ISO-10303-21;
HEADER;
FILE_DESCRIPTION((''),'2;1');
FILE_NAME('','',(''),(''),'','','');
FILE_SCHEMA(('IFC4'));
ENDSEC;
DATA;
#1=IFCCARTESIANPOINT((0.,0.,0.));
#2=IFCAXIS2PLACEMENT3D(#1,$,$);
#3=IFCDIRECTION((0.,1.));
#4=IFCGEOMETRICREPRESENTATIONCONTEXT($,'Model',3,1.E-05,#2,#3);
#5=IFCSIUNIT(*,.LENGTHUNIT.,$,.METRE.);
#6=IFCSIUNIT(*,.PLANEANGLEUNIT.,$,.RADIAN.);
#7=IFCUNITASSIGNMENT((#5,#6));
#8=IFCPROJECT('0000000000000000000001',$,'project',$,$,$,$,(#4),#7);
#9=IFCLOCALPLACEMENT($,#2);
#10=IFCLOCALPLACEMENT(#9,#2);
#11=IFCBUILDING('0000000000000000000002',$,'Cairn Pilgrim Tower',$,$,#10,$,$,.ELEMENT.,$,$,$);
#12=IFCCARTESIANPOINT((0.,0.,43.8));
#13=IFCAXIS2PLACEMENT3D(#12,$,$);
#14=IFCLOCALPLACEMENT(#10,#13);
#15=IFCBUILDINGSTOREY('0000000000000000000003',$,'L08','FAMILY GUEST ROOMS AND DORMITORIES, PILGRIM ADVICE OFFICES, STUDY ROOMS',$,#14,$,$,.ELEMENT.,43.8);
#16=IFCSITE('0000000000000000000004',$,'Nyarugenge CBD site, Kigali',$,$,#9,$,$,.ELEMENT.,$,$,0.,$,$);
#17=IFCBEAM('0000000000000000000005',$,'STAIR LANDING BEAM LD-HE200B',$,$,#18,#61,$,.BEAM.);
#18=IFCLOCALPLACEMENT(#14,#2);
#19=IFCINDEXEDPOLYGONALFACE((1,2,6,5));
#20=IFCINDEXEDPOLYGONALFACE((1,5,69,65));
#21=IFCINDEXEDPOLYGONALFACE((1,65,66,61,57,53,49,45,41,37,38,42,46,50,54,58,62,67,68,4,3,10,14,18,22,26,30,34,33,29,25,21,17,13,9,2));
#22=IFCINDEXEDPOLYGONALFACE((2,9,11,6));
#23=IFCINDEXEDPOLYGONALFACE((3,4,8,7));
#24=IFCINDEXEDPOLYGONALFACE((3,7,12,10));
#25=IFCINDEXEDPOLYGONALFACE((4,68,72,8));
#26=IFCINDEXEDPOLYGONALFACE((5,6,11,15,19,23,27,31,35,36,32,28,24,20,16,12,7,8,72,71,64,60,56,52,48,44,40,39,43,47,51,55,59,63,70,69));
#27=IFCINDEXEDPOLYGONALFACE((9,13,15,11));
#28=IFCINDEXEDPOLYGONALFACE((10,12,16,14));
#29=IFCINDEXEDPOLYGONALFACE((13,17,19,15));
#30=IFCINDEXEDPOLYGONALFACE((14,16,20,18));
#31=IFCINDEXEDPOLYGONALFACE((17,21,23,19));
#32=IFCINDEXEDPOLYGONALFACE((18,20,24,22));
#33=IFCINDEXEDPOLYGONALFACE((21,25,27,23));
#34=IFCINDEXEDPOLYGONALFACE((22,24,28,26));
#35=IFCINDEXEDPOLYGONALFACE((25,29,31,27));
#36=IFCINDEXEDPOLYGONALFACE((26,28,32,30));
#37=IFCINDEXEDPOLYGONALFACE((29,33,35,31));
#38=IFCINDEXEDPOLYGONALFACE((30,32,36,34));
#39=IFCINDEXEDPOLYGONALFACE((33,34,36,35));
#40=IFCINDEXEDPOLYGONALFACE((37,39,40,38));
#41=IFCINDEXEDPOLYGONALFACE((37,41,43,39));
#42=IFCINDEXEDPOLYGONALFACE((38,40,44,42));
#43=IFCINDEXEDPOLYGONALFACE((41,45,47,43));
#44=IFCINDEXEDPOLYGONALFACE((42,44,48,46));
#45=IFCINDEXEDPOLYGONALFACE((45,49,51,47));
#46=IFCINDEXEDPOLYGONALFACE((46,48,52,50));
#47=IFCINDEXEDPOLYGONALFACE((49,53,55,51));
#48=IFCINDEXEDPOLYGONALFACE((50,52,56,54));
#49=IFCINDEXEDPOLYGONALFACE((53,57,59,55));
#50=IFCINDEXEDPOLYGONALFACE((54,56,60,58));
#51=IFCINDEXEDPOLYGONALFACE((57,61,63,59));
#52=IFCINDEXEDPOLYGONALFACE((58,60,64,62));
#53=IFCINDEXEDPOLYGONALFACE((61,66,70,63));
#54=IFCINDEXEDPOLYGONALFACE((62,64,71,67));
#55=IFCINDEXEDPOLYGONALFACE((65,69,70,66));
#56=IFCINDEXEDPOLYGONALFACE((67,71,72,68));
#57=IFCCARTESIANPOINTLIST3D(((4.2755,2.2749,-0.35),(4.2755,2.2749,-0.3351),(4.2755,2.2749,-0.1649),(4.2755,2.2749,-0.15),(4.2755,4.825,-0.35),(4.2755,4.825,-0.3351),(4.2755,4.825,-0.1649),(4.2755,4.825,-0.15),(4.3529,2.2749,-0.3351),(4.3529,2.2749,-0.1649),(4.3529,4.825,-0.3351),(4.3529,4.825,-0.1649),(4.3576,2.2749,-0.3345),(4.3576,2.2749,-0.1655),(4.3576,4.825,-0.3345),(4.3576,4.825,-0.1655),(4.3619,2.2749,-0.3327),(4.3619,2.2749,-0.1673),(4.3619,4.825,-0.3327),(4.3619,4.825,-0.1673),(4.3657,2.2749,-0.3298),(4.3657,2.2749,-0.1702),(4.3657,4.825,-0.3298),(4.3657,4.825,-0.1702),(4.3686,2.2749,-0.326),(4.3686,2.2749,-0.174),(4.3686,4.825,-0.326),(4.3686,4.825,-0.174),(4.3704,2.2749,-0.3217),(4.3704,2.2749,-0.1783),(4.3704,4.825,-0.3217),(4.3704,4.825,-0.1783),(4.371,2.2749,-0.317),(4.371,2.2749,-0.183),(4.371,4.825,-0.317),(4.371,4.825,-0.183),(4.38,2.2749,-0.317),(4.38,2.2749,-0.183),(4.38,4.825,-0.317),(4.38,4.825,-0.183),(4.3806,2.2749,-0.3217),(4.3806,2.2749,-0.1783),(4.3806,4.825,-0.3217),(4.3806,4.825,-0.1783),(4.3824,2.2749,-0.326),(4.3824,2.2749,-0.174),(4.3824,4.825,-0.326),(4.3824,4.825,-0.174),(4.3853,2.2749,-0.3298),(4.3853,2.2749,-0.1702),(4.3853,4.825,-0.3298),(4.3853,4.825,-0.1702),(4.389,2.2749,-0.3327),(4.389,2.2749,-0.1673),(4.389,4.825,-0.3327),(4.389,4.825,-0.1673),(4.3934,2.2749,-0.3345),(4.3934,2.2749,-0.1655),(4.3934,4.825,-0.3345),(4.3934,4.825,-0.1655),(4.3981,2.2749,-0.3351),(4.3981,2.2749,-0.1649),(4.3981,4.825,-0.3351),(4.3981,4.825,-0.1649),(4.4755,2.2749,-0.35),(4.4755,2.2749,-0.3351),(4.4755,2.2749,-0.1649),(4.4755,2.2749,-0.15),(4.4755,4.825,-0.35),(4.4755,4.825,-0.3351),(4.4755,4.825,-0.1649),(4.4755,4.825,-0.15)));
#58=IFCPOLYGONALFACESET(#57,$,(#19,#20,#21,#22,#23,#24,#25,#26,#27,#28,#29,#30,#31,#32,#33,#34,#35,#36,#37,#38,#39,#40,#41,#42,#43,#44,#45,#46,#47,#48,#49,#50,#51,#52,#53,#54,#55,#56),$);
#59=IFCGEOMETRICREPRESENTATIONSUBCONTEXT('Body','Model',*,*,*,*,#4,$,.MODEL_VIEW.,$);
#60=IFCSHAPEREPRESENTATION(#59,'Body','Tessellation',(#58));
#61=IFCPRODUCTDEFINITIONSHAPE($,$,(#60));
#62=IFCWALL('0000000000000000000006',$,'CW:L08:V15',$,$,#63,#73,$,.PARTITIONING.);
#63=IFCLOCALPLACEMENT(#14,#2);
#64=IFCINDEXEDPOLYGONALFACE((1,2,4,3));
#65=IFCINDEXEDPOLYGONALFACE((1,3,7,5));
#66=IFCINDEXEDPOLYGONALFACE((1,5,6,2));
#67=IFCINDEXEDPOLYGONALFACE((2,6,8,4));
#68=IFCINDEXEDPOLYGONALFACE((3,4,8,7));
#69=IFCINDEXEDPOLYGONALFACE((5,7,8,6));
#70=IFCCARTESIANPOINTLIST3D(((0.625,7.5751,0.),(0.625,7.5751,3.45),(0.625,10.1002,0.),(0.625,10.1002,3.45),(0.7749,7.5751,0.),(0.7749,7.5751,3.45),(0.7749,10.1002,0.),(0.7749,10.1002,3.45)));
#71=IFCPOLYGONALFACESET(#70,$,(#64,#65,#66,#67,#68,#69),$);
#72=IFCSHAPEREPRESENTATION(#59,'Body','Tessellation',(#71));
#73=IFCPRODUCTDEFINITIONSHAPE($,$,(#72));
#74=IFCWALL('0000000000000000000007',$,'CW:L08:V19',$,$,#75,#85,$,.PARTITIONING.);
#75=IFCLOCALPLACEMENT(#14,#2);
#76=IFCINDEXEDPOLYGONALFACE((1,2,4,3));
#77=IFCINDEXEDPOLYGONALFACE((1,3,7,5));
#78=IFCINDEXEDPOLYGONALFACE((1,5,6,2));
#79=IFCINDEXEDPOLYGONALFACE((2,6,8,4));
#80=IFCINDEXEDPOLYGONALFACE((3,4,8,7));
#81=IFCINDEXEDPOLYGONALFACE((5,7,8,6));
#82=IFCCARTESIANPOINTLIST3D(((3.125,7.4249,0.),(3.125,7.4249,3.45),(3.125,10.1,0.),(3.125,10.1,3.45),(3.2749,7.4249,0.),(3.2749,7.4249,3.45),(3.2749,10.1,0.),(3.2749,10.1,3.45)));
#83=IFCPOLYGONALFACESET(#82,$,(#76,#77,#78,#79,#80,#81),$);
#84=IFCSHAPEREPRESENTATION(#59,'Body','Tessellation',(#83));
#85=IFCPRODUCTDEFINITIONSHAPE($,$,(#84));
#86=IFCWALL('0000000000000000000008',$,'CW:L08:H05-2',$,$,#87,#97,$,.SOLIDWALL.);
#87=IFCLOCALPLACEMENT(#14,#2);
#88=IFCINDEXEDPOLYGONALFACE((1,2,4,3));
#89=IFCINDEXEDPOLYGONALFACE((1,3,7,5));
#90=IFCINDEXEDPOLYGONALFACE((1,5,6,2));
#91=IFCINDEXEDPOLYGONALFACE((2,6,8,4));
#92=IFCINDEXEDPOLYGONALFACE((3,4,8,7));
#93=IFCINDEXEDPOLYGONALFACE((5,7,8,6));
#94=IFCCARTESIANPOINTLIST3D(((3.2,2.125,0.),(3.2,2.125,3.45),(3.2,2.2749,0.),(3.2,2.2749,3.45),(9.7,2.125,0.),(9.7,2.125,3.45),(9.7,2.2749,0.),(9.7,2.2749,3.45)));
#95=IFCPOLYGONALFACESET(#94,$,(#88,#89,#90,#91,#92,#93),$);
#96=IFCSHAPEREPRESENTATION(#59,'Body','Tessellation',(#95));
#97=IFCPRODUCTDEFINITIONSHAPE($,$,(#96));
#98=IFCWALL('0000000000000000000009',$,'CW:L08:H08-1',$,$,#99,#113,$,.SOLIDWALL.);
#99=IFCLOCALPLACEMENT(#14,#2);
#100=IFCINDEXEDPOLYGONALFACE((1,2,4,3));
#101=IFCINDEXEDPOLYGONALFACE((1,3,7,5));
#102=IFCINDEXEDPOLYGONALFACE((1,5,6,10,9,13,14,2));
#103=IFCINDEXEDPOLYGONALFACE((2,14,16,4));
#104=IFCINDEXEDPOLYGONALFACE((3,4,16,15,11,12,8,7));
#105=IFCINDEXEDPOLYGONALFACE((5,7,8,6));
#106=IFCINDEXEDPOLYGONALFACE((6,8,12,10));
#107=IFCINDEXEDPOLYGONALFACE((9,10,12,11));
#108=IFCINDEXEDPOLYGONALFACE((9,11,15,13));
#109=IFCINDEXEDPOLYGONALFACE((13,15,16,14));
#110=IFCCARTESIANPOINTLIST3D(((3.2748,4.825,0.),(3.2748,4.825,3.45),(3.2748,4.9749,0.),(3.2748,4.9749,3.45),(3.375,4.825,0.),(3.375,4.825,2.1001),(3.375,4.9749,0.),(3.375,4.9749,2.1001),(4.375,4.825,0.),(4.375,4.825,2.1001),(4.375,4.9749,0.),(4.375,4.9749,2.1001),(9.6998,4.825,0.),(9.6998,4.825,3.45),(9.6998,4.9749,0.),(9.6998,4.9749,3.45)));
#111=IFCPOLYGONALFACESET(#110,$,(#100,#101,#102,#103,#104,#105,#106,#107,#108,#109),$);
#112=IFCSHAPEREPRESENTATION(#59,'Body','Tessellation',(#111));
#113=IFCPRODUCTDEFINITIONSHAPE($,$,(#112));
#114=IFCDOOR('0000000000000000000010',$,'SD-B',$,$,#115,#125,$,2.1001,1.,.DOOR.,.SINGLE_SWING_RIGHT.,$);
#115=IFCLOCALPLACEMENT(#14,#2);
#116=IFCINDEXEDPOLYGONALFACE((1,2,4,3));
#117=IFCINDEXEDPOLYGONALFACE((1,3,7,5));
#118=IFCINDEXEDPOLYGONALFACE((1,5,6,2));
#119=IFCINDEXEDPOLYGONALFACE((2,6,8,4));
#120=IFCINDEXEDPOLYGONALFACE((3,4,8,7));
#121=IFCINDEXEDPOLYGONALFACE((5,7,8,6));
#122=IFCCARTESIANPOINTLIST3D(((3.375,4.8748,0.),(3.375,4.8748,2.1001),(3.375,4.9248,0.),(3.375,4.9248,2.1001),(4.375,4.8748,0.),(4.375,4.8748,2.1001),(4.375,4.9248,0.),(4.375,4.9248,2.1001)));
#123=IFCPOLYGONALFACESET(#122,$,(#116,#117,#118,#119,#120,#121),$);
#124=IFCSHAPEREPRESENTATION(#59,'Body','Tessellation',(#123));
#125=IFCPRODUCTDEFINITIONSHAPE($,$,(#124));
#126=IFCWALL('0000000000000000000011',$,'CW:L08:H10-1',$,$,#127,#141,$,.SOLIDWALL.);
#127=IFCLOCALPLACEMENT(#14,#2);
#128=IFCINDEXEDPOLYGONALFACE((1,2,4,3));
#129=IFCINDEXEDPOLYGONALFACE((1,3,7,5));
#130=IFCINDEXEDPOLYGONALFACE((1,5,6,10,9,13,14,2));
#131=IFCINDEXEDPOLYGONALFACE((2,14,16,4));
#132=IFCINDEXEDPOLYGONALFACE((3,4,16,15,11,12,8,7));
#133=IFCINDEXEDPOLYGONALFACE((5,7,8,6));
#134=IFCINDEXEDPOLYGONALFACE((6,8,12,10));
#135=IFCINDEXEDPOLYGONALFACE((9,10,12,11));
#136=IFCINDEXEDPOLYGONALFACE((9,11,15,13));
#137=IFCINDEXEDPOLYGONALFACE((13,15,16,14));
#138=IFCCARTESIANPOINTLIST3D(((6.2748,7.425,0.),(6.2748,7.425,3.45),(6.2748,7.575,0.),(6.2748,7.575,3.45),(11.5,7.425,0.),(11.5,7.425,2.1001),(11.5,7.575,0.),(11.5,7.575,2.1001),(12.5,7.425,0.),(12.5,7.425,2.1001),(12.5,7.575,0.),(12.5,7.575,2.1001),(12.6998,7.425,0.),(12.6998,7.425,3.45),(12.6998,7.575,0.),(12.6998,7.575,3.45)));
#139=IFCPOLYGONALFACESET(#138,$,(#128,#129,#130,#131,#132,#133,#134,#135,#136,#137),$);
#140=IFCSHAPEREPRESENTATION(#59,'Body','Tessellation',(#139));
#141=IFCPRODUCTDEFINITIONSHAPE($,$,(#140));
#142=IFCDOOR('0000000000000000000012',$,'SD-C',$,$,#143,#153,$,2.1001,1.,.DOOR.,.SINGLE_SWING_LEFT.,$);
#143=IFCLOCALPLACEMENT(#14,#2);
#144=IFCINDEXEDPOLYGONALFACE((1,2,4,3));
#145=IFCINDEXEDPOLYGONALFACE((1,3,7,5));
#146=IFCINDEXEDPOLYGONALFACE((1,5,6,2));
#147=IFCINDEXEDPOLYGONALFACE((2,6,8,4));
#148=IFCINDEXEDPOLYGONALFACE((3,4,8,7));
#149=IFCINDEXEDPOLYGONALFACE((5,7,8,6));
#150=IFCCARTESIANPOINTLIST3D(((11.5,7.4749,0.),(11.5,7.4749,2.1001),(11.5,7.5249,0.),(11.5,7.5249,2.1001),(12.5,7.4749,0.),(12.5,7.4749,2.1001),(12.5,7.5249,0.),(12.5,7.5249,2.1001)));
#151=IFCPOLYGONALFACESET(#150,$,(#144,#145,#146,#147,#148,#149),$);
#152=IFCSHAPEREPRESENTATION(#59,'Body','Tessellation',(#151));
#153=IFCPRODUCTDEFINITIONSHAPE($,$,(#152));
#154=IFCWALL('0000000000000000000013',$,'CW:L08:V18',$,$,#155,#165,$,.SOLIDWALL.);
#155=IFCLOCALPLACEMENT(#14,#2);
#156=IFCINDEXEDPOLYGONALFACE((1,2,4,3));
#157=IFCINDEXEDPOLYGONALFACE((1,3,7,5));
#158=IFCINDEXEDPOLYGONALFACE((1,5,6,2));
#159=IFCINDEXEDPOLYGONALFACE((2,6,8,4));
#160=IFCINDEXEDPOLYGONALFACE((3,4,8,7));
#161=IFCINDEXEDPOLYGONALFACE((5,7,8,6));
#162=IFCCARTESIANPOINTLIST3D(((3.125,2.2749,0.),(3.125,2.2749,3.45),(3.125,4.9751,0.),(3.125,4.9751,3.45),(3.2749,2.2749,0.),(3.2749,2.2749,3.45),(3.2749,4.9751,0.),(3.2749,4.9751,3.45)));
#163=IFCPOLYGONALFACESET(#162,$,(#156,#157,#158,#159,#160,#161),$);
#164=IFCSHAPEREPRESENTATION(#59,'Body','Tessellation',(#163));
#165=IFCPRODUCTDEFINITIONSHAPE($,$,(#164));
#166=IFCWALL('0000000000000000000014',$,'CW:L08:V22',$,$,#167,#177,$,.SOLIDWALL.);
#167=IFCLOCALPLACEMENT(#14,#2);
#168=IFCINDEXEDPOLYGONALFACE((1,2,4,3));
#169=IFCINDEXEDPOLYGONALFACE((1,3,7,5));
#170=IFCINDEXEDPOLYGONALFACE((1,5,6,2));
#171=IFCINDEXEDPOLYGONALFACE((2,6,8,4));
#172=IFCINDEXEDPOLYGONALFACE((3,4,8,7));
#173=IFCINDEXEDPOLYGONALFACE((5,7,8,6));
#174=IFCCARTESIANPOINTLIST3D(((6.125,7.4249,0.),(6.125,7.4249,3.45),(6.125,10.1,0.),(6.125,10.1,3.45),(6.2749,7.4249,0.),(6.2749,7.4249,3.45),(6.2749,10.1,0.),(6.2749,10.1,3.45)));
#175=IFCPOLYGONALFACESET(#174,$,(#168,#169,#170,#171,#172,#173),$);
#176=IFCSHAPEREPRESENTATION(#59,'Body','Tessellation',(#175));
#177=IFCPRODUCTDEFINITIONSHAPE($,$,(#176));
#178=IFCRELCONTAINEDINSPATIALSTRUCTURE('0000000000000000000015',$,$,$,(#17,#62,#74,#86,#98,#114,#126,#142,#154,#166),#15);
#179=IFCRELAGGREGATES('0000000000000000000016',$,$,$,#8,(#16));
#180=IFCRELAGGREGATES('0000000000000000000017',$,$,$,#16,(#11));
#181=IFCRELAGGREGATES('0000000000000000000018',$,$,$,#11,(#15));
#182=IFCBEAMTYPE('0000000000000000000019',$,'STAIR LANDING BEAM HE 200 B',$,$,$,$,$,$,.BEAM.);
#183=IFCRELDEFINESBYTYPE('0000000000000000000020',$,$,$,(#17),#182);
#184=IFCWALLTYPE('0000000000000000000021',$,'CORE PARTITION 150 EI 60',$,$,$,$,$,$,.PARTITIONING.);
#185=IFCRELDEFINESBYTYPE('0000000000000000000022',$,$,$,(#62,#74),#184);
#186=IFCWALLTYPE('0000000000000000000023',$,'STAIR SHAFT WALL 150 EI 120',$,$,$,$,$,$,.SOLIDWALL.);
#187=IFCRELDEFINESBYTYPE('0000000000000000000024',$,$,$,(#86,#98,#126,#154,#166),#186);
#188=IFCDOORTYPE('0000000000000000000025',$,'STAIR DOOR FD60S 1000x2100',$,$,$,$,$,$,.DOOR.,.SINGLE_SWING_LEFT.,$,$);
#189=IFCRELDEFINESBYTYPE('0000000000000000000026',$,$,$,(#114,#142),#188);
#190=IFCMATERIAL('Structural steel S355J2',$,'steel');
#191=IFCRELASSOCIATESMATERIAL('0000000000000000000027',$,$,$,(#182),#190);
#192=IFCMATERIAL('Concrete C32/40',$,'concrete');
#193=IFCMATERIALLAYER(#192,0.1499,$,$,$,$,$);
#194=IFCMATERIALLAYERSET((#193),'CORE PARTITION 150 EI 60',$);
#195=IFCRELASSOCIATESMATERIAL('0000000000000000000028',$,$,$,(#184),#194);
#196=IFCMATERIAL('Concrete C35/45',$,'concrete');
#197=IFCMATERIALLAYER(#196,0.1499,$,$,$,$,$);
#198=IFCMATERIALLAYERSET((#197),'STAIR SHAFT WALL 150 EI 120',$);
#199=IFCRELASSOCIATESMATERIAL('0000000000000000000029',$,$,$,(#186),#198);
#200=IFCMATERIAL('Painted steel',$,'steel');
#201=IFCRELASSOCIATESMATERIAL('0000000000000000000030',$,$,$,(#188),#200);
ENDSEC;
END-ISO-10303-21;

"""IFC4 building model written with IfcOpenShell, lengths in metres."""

from ifc_helpers import new_model, si_unit, direction, frame, frame_2d, origin, origin_2d, place, context, subcontext, project, spatial, rectangle, i_section, extrude, material, layer, layer_set, material_profile, profile_set, type_object, element, fill, save


model = new_model("IFC4")

# Units and contexts
model_context = context("Model", 3, precision=1e-05, world=origin(), true_north=direction((0.0, 1.0)))
body_context = subcontext(model_context, "Body", "Model", "MODEL_VIEW")
ifc_project = project(units=[si_unit("LENGTHUNIT", "METRE"), si_unit("PLANEANGLEUNIT", "RADIAN")], contexts=[model_context])

# Site, building, storey
site_placement = place(None, origin())
site = spatial("IfcSite", under=ifc_project, at=site_placement, Name="Nyarugenge CBD site, Kigali", CompositionType="ELEMENT", RefElevation=0.0)
building_placement = place(site_placement, origin())
building = spatial("IfcBuilding", under=site, at=building_placement, Name="Cairn Pilgrim Tower", CompositionType="ELEMENT")
storey_placement = place(building_placement, frame((0.0, 0.0, 43.8)))
storey = spatial("IfcBuildingStorey", under=building, at=storey_placement, Name="L08", Description="FAMILY GUEST ROOMS AND DORMITORIES, PILGRIM ADVICE OFFICES, STUDY ROOMS", CompositionType="ELEMENT", Elevation=43.8)

# Beam
ifc_material_1 = material(Name="Structural steel S355J2", Category="steel")
ifc_material_profile = material_profile(ifc_material_1, i_section(OverallWidth=0.2, OverallDepth=0.2, WebThickness=0.009, FlangeThickness=0.0149, FilletRadius=0.0181, at=origin_2d()), Name="HE 200 B")
ifc_profile_set = profile_set([ifc_material_profile], Name="Structural steel S355J2")
beam_type = type_object("IfcBeamType", Name="STAIR LANDING BEAM HE 200 B", PredefinedType="BEAM", material=ifc_profile_set)
beam_placement = place(storey_placement, frame((4.3755, 2.2749, -0.25), z_axis=(0.0, 1.0, 0.0), x_axis=(-1.0, 0.0, 0.0)))
element("IfcBeam", 1, at=beam_placement, inside=storey, type_object=beam_type, Name="STAIR LANDING BEAM LD-HE200B", PredefinedType="BEAM", context=body_context, shape_type="SweptSolid", body=[
    extrude(i_section(OverallWidth=0.2, OverallDepth=0.2, WebThickness=0.009, FlangeThickness=0.0149, FilletRadius=0.0181, at=origin_2d()), origin(), (0.0, 0.0, 1.0), 2.55),
])

# Walls
ifc_material_2 = material(Name="Concrete C32/40", Category="concrete")
ifc_layer_1 = layer(ifc_material_2, 0.1499)
ifc_layer_set_1 = layer_set([ifc_layer_1], Name="CORE PARTITION 150 EI 60")
wall_type_1 = type_object("IfcWallType", Name="CORE PARTITION 150 EI 60", PredefinedType="PARTITIONING", material=ifc_layer_set_1)
wall_1_placement = place(storey_placement, frame((0.7, 7.575, 0.0), z_axis=(0.0, 0.0, 1.0), x_axis=(0.0, 1.0, 0.0)))
element("IfcWall", 2, at=wall_1_placement, inside=storey, type_object=wall_type_1, Name="CW:L08:V15", PredefinedType="PARTITIONING", context=body_context, shape_type="SweptSolid", body=[
    extrude(rectangle(XDim=2.5251, YDim=0.1499, at=frame_2d((1.2627, 0.0))), origin(), (0.0, 0.0, 1.0), 3.45),
])
wall_2_placement = place(storey_placement, frame((3.2, 7.425, 0.0), z_axis=(0.0, 0.0, 1.0), x_axis=(0.0, 1.0, 0.0)))
element("IfcWall", 3, at=wall_2_placement, inside=storey, type_object=wall_type_1, Name="CW:L08:V19", PredefinedType="PARTITIONING", context=body_context, shape_type="SweptSolid", body=[
    extrude(rectangle(XDim=2.675, YDim=0.1499, at=frame_2d((1.3374, 0.0))), origin(), (0.0, 0.0, 1.0), 3.45),
])
ifc_material_3 = material(Name="Concrete C35/45", Category="concrete")
ifc_layer_2 = layer(ifc_material_3, 0.1499)
ifc_layer_set_2 = layer_set([ifc_layer_2], Name="STAIR SHAFT WALL 150 EI 120")
wall_type_2 = type_object("IfcWallType", Name="STAIR SHAFT WALL 150 EI 120", PredefinedType="SOLIDWALL", material=ifc_layer_set_2)
wall_3_placement = place(storey_placement, frame((3.2, 2.2, 0.0), z_axis=(0.0, 0.0, 1.0), x_axis=(1.0, 0.0, 0.0)))
element("IfcWall", 4, at=wall_3_placement, inside=storey, type_object=wall_type_2, Name="CW:L08:H05-2", PredefinedType="SOLIDWALL", context=body_context, shape_type="SweptSolid", body=[
    extrude(rectangle(XDim=6.5, YDim=0.1499, at=frame_2d((3.25, 0.0))), origin(), (0.0, 0.0, 1.0), 3.45),
])

# Walls, openings, doors
wall_4_placement = place(storey_placement, frame((3.2749, 4.8999, 0.0), z_axis=(0.0, 0.0, 1.0), x_axis=(1.0, 0.0, 0.0)))
wall_4 = element("IfcWall", 5, at=wall_4_placement, inside=storey, type_object=wall_type_2, Name="CW:L08:H08-1", PredefinedType="SOLIDWALL", context=body_context, shape_type="SweptSolid", body=[
    extrude(rectangle(XDim=6.425, YDim=0.1499, at=frame_2d((3.2124, 0.0))), origin(), (0.0, 0.0, 1.0), 3.45),
])
opening_1_placement = place(wall_4_placement, frame((0.1001, 0.0, 0.0)))
opening_1 = element("IfcOpeningElement", 6, at=opening_1_placement, cuts=wall_4, PredefinedType="OPENING", context=body_context, shape_type="SweptSolid", body=[
    extrude(rectangle(XDim=1.0, YDim=2.1001, at=frame_2d((0.5, 1.05))), frame((0.0, 0.085, 0.0), z_axis=(0.0, -1.0, 0.0), x_axis=(1.0, 0.0, 0.0)), (0.0, 0.0, 1.0), 0.1699),
])
ifc_material_4 = material(Name="Painted steel", Category="steel")
door_type = type_object("IfcDoorType", Name="STAIR DOOR FD60S 1000x2100", OperationType="SINGLE_SWING_LEFT", PredefinedType="DOOR", material=ifc_material_4)
door_1_placement = place(opening_1_placement, origin())
door_1 = element("IfcDoor", 7, at=door_1_placement, inside=storey, type_object=door_type, Name="SD-B", OperationType="SINGLE_SWING_RIGHT", OverallHeight=2.1001, OverallWidth=1.0, PredefinedType="DOOR", context=body_context, shape_type="SweptSolid", body=[
    extrude(rectangle(XDim=1.0, YDim=2.1001, at=frame_2d((0.5, 1.05))), frame((0.0, 0.0249, 0.0), z_axis=(0.0, -1.0, 0.0), x_axis=(1.0, 0.0, 0.0)), (0.0, 0.0, 1.0), 0.05),
])
fill(opening_1, door_1)
wall_5_placement = place(storey_placement, frame((6.2749, 7.5, 0.0), z_axis=(0.0, 0.0, 1.0), x_axis=(1.0, 0.0, 0.0)))
wall_5 = element("IfcWall", 8, at=wall_5_placement, inside=storey, type_object=wall_type_2, Name="CW:L08:H10-1", PredefinedType="SOLIDWALL", context=body_context, shape_type="SweptSolid", body=[
    extrude(rectangle(XDim=6.425, YDim=0.1499, at=frame_2d((3.2124, 0.0))), origin(), (0.0, 0.0, 1.0), 3.45),
])
opening_2_placement = place(wall_5_placement, frame((5.2251, 0.0, 0.0)))
opening_2 = element("IfcOpeningElement", 9, at=opening_2_placement, cuts=wall_5, PredefinedType="OPENING", context=body_context, shape_type="SweptSolid", body=[
    extrude(rectangle(XDim=1.0, YDim=2.1001, at=frame_2d((0.5, 1.05))), frame((0.0, 0.085, 0.0), z_axis=(0.0, -1.0, 0.0), x_axis=(1.0, 0.0, 0.0)), (0.0, 0.0, 1.0), 0.1699),
])
door_2_placement = place(opening_2_placement, origin())
door_2 = element("IfcDoor", 10, at=door_2_placement, inside=storey, type_object=door_type, Name="SD-C", OperationType="SINGLE_SWING_LEFT", OverallHeight=2.1001, OverallWidth=1.0, PredefinedType="DOOR", context=body_context, shape_type="SweptSolid", body=[
    extrude(rectangle(XDim=1.0, YDim=2.1001, at=frame_2d((0.5, 1.05))), frame((0.0, 0.0249, 0.0), z_axis=(0.0, -1.0, 0.0), x_axis=(1.0, 0.0, 0.0)), (0.0, 0.0, 1.0), 0.05),
])
fill(opening_2, door_2)

# Walls
wall_6_placement = place(storey_placement, frame((3.2, 2.2749, 0.0), z_axis=(0.0, 0.0, 1.0), x_axis=(0.0, 1.0, 0.0)))
element("IfcWall", 11, at=wall_6_placement, inside=storey, type_object=wall_type_2, Name="CW:L08:V18", PredefinedType="SOLIDWALL", context=body_context, shape_type="SweptSolid", body=[
    extrude(rectangle(XDim=2.7002, YDim=0.1499, at=frame_2d((1.3501, 0.0))), origin(), (0.0, 0.0, 1.0), 3.45),
])
wall_7_placement = place(storey_placement, frame((6.2, 7.425, 0.0), z_axis=(0.0, 0.0, 1.0), x_axis=(0.0, 1.0, 0.0)))
element("IfcWall", 12, at=wall_7_placement, inside=storey, type_object=wall_type_2, Name="CW:L08:V22", PredefinedType="SOLIDWALL", context=body_context, shape_type="SweptSolid", body=[
    extrude(rectangle(XDim=2.675, YDim=0.1499, at=frame_2d((1.3374, 0.0))), origin(), (0.0, 0.0, 1.0), 3.45),
])

save(model, "model.ifc")
